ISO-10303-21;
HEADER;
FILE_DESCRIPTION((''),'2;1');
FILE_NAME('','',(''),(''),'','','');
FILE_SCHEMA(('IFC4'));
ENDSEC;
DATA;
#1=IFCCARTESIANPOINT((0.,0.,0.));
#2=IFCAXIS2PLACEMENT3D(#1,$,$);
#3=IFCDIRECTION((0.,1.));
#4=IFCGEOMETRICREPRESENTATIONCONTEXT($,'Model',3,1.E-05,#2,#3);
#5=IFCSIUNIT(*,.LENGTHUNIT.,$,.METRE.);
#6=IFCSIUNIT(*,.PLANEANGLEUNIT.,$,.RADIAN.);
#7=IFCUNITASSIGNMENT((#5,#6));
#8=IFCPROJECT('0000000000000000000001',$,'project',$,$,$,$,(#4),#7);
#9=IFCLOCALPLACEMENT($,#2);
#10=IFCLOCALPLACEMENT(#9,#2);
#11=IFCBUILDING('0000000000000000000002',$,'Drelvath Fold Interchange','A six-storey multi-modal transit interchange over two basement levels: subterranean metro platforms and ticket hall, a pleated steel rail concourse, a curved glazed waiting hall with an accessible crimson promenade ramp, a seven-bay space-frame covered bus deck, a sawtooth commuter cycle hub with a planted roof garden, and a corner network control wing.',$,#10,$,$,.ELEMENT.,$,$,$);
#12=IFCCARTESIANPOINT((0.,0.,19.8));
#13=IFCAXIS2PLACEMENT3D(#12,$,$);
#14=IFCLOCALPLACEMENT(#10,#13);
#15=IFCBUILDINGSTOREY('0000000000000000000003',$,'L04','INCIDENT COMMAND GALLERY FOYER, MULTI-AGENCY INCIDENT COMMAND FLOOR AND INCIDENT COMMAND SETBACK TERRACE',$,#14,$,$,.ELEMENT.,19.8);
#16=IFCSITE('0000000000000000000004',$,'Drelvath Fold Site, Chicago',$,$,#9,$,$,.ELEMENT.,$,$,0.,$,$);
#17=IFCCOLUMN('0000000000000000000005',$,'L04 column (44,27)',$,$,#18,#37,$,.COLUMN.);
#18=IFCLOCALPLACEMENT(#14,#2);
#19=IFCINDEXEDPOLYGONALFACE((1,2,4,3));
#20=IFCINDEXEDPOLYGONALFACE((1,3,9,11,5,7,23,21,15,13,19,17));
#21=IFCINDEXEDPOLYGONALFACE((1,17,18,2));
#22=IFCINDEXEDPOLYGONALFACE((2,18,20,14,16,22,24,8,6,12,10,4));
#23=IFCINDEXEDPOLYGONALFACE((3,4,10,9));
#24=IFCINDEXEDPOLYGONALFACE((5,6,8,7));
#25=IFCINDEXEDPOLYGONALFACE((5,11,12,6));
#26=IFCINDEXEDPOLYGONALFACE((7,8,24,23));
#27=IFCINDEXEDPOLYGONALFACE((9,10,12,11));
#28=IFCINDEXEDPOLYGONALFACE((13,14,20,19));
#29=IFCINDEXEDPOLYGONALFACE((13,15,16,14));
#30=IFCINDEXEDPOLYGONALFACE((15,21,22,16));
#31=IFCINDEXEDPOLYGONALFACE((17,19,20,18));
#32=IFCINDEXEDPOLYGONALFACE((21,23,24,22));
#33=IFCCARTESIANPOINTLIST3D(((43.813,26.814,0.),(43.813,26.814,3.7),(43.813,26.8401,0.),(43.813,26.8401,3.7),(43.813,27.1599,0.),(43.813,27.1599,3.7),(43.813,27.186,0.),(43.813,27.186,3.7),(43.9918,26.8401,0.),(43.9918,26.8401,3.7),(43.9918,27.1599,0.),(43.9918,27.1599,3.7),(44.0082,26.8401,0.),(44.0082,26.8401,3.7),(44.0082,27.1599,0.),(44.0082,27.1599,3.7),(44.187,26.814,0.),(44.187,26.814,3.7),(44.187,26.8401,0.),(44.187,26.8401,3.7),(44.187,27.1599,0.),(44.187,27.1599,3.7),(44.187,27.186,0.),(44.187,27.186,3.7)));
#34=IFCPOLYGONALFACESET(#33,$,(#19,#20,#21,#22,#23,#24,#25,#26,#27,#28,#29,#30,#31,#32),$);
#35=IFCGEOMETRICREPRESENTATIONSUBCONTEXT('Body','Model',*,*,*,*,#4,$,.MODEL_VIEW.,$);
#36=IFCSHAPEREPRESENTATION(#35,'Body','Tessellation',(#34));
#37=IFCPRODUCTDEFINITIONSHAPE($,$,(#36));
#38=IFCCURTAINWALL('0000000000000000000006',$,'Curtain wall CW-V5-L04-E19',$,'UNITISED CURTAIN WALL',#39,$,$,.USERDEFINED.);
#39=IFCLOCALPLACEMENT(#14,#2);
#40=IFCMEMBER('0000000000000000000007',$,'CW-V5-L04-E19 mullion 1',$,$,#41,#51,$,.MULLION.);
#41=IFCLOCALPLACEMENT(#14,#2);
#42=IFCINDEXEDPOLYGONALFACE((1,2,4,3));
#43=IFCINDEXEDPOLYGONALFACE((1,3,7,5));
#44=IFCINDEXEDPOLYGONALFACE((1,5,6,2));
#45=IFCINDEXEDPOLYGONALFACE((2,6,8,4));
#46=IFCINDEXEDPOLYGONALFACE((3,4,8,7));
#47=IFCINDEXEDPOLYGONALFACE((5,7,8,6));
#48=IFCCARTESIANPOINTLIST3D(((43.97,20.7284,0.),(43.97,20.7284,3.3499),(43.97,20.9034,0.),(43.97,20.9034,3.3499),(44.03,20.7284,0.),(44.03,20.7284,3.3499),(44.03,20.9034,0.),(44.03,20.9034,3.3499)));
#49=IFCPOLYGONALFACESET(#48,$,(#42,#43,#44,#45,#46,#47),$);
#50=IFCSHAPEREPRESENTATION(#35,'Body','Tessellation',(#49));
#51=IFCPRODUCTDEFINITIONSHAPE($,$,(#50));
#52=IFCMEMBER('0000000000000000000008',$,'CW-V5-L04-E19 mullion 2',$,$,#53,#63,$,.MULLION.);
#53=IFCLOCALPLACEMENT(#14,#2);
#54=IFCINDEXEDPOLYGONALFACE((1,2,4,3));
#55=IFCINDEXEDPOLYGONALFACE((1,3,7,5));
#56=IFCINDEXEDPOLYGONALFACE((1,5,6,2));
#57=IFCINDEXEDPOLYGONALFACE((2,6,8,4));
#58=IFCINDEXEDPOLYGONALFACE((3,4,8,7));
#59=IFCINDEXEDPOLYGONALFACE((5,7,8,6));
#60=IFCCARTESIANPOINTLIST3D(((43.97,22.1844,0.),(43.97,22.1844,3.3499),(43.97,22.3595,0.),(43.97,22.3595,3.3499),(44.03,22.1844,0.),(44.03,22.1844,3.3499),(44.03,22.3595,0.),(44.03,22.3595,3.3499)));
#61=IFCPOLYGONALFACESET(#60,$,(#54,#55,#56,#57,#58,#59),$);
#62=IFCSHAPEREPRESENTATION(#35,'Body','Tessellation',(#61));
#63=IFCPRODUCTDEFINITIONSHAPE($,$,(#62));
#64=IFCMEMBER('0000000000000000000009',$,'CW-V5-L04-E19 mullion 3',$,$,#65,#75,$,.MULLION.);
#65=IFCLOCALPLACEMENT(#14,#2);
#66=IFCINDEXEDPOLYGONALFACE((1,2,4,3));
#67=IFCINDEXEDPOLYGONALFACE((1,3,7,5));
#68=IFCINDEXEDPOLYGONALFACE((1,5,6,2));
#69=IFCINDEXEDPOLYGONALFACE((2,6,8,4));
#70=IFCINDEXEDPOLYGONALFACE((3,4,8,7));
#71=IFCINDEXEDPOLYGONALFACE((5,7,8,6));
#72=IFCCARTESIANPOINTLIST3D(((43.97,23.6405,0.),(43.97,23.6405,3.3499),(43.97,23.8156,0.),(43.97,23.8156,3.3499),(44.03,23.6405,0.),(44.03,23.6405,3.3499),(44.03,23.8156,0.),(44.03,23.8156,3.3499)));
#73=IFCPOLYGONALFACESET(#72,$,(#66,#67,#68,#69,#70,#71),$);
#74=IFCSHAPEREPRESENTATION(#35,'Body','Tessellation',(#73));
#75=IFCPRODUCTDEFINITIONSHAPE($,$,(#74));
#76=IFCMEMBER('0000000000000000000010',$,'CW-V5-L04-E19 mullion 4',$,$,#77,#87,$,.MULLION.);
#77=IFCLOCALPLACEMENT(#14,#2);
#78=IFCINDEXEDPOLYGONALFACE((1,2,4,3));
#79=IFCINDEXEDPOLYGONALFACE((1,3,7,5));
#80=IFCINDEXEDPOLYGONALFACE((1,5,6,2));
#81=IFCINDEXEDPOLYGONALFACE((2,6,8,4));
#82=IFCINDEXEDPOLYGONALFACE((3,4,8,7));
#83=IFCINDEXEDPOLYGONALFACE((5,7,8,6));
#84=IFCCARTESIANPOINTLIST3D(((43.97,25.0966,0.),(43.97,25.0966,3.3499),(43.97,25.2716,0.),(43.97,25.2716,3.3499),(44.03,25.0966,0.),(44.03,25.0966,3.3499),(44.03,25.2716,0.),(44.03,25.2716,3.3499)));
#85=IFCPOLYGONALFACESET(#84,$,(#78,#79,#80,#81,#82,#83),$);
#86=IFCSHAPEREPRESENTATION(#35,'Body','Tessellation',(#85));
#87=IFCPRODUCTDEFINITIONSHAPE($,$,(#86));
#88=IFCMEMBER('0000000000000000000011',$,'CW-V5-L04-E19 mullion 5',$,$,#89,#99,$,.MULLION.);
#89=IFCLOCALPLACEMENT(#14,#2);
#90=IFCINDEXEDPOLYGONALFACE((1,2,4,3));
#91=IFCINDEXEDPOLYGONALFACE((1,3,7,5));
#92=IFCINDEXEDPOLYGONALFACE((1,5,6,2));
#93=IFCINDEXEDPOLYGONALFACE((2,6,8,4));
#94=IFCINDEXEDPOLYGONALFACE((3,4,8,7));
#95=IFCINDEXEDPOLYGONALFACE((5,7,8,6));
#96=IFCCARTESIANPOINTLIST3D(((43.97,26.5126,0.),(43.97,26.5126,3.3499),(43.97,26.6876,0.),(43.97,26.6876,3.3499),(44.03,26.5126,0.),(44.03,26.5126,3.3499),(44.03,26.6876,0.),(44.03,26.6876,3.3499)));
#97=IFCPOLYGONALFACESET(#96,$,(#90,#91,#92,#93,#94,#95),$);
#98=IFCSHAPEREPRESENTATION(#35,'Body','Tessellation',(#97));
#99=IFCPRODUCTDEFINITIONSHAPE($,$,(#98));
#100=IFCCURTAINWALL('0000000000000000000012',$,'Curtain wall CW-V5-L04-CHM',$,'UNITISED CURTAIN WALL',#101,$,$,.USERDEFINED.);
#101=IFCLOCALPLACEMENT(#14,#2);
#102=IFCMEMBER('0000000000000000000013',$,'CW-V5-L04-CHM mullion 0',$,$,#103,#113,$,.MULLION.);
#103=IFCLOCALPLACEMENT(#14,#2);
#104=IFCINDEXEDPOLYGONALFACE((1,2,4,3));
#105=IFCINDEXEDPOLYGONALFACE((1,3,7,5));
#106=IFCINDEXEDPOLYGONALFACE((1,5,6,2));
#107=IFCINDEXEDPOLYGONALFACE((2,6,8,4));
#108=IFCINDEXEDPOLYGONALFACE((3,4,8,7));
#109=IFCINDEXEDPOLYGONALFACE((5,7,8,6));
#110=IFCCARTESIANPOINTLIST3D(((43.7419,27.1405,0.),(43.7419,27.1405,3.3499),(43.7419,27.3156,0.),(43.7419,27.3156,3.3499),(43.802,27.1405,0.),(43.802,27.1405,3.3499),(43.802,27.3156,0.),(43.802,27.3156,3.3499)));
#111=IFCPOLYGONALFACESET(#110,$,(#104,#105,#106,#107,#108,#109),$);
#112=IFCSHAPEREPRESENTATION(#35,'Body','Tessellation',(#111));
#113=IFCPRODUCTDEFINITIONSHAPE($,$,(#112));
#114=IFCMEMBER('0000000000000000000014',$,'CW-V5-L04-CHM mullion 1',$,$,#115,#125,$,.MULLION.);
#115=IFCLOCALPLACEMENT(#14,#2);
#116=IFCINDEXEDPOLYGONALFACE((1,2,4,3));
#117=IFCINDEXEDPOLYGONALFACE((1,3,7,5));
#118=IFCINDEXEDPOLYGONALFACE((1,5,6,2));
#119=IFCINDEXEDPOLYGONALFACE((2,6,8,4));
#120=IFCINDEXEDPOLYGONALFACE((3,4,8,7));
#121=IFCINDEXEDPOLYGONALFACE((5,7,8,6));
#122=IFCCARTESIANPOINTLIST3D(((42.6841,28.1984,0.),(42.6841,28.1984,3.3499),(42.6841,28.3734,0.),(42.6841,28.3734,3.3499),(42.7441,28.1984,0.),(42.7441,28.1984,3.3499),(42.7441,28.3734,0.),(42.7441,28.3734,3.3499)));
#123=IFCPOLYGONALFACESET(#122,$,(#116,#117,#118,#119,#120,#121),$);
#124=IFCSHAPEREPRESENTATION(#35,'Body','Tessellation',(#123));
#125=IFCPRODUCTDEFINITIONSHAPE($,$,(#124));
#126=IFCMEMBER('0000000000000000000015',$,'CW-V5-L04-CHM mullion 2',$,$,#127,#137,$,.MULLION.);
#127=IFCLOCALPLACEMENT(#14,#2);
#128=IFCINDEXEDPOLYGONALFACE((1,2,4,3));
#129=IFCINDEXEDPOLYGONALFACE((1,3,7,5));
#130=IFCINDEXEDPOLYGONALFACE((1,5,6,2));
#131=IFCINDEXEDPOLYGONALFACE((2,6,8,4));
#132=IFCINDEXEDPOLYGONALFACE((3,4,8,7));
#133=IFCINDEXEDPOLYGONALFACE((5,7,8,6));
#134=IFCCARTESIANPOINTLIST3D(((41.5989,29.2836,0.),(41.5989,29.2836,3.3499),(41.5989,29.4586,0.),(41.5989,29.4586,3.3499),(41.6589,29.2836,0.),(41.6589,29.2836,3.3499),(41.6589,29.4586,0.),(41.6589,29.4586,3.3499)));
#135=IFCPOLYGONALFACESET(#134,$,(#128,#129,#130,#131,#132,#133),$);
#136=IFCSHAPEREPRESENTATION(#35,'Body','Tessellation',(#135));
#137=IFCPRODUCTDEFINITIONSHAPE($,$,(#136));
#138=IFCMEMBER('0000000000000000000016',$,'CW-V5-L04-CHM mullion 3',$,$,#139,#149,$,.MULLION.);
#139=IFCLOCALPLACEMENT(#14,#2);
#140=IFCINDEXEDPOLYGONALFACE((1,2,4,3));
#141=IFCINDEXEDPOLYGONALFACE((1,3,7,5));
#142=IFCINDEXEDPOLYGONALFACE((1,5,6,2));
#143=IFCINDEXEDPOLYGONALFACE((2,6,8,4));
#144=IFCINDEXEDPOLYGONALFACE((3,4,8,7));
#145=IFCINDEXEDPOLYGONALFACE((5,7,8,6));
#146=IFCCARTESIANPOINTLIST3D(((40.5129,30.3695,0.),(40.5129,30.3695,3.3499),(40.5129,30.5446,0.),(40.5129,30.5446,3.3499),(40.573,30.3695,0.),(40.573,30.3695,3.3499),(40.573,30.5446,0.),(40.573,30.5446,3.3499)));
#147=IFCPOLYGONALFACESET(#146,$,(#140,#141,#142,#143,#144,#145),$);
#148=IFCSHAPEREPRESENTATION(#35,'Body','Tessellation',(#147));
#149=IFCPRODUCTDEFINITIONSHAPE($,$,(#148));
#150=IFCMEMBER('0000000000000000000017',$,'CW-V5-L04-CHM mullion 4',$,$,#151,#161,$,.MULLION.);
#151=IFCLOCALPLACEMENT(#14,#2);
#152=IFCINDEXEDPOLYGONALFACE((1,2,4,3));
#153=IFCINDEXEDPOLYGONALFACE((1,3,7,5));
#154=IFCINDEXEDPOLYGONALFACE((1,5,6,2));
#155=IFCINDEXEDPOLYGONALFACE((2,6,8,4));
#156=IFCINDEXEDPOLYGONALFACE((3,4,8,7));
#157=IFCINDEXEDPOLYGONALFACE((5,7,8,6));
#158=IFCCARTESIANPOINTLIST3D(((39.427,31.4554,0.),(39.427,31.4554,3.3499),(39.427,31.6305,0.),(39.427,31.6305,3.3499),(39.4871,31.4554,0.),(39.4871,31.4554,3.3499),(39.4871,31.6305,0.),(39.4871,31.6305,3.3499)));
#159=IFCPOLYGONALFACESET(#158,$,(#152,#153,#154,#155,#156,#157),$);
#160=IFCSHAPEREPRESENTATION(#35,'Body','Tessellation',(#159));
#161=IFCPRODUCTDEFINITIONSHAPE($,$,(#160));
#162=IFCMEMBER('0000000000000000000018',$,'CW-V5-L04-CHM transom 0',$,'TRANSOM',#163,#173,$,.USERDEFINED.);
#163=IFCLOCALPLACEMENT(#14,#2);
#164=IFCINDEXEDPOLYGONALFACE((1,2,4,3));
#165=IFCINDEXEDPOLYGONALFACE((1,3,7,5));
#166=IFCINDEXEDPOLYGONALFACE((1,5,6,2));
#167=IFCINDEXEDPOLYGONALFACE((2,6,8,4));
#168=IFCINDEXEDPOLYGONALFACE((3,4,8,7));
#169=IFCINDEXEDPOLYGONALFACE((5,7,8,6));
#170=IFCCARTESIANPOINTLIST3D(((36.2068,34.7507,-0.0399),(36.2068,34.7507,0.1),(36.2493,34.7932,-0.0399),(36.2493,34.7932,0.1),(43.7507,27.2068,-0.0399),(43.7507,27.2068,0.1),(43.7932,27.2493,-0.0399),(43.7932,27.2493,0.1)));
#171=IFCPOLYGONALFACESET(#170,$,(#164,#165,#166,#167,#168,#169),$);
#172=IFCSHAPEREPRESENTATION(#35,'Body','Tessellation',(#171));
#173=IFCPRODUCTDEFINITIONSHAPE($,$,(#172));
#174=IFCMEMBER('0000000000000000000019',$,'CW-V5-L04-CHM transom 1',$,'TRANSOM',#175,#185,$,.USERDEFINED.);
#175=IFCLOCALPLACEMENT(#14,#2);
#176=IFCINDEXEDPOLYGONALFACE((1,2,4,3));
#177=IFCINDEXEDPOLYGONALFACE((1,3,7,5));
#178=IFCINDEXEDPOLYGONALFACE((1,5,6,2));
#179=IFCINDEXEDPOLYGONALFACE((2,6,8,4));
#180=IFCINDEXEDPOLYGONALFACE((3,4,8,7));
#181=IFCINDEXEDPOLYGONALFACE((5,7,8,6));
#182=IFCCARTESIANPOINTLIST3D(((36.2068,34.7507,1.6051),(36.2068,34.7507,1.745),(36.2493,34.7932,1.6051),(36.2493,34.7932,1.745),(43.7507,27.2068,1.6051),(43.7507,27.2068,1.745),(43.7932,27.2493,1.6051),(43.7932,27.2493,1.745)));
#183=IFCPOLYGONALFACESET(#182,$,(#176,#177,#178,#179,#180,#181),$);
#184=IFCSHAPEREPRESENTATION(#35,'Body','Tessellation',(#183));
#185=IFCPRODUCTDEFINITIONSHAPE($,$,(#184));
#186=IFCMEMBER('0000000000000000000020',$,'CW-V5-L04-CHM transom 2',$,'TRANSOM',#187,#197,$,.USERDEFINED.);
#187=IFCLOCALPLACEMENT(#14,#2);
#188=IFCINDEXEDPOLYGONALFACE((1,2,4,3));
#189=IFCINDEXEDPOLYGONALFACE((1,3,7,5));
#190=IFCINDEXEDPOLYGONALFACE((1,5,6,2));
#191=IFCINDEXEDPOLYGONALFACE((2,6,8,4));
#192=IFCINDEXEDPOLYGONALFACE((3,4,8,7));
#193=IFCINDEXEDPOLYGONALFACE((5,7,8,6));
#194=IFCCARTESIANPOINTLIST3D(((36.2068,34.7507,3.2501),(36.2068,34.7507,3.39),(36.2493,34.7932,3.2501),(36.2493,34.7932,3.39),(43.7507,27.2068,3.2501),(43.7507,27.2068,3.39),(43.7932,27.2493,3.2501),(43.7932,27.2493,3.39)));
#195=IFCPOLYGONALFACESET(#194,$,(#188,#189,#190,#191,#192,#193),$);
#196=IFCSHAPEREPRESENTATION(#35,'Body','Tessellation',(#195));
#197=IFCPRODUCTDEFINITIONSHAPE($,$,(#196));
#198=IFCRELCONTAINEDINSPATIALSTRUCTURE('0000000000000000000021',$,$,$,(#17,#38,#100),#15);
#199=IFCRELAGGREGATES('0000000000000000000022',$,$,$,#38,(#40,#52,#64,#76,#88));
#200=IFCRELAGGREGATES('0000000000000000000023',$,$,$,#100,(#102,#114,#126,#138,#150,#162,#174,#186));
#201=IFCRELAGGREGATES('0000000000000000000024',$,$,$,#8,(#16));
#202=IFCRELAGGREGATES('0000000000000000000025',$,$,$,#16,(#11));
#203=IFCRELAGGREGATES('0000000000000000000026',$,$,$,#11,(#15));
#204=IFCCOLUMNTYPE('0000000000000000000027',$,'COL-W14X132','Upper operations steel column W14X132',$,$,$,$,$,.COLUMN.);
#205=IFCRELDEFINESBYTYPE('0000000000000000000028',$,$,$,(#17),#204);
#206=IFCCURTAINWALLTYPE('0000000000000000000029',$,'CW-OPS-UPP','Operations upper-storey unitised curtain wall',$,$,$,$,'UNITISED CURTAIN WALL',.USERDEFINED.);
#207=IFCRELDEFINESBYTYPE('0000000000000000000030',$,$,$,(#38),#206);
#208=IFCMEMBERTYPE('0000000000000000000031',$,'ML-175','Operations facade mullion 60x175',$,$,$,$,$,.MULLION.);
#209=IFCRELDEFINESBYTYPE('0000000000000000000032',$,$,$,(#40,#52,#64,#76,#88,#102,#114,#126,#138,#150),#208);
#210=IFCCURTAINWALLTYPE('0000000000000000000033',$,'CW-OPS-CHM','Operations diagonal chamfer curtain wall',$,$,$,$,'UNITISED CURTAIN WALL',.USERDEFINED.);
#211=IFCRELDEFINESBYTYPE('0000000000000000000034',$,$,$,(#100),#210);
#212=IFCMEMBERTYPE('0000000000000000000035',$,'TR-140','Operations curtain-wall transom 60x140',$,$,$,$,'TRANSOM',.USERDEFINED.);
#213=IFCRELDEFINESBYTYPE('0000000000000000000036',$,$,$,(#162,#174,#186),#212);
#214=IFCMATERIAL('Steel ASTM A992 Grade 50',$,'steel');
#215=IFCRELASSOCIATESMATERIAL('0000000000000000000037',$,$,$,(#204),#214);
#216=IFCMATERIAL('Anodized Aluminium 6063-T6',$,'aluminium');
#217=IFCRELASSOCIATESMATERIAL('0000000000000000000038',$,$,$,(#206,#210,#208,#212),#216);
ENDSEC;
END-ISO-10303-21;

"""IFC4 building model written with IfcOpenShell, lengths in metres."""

from ifc_helpers import new_model, si_unit, direction, frame, origin, origin_2d, place, context, subcontext, project, spatial, rectangle, i_section, extrude, material, material_profile, profile_set, type_object, element, aggregate, save


model = new_model("IFC4")

# Units and contexts
model_context = context("Model", 3, precision=1e-05, world=origin(), true_north=direction((0.0, 1.0)))
body_context = subcontext(model_context, "Body", "Model", "MODEL_VIEW")
ifc_project = project(units=[si_unit("LENGTHUNIT", "METRE"), si_unit("PLANEANGLEUNIT", "RADIAN")], contexts=[model_context])

# Site, building, storey
site_placement = place(None, origin())
site = spatial("IfcSite", under=ifc_project, at=site_placement, Name="Drelvath Fold Site, Chicago", CompositionType="ELEMENT", RefElevation=0.0)
building_placement = place(site_placement, origin())
building = spatial("IfcBuilding", under=site, at=building_placement, Name="Drelvath Fold Interchange", Description="A six-storey multi-modal transit interchange over two basement levels: subterranean metro platforms and ticket hall, a pleated steel rail concourse, a curved glazed waiting hall with an accessible crimson promenade ramp, a seven-bay space-frame covered bus deck, a sawtooth commuter cycle hub with a planted roof garden, and a corner network control wing.", CompositionType="ELEMENT")
storey_placement = place(building_placement, frame((0.0, 0.0, 19.8)))
storey = spatial("IfcBuildingStorey", under=building, at=storey_placement, Name="L04", Description="INCIDENT COMMAND GALLERY FOYER, MULTI-AGENCY INCIDENT COMMAND FLOOR AND INCIDENT COMMAND SETBACK TERRACE", CompositionType="ELEMENT", Elevation=19.8)

# Column
ifc_material_1 = material(Name="Steel ASTM A992 Grade 50", Category="steel")
ifc_material_profile_1 = material_profile(ifc_material_1, i_section(OverallWidth=0.374, OverallDepth=0.3721, WebThickness=0.0164, FlangeThickness=0.0261, at=origin_2d()), Name="W14X132")
ifc_profile_set_1 = profile_set([ifc_material_profile_1], Name="Steel ASTM A992 Grade 50")
column_type = type_object("IfcColumnType", Name="COL-W14X132", Description="Upper operations steel column W14X132", PredefinedType="COLUMN", material=ifc_profile_set_1)
column_placement = place(storey_placement, frame((44.0, 27.0, 0.0), z_axis=(0.0, 0.0, 1.0), x_axis=(1.0, 0.0, 0.0)))
element("IfcColumn", 1, at=column_placement, inside=storey, type_object=column_type, Name="L04 column (44,27)", PredefinedType="COLUMN", context=body_context, shape_type="SweptSolid", body=[
    extrude(i_section(OverallWidth=0.374, OverallDepth=0.3721, WebThickness=0.0164, FlangeThickness=0.0261, at=origin_2d()), origin(), (0.0, 0.0, 1.0), 3.7),
])

# Curtain walls, members
ifc_material_2 = material(Name="Anodized Aluminium 6063-T6", Category="aluminium")
curtain_wall_type_1 = type_object("IfcCurtainWallType", Name="CW-OPS-UPP", Description="Operations upper-storey unitised curtain wall", ElementType="UNITISED CURTAIN WALL", PredefinedType="USERDEFINED", material=ifc_material_2)
curtain_wall_1_placement = place(storey_placement, origin())
curtain_wall_1 = element("IfcCurtainWall", 2, at=curtain_wall_1_placement, inside=storey, type_object=curtain_wall_type_1, Name="Curtain wall CW-V5-L04-E19", ObjectType="UNITISED CURTAIN WALL", PredefinedType="USERDEFINED")
ifc_material_profile_2 = material_profile(ifc_material_2, rectangle(XDim=0.0601, YDim=0.175, at=origin_2d()), Name="AL-M 60x175")
ifc_profile_set_2 = profile_set([ifc_material_profile_2], Name="Anodized Aluminium 6063-T6")
member_type_1 = type_object("IfcMemberType", Name="ML-175", Description="Operations facade mullion 60x175", PredefinedType="MULLION", material=ifc_profile_set_2)
member_1_placement = place(storey_placement, frame((44.0, 20.8159, 0.0), z_axis=(0.0, 0.0, 1.0), x_axis=(1.0, 0.0, 0.0)))
member_1 = element("IfcMember", 3, at=member_1_placement, type_object=member_type_1, Name="CW-V5-L04-E19 mullion 1", PredefinedType="MULLION", context=body_context, shape_type="SweptSolid", body=[
    extrude(rectangle(XDim=0.0601, YDim=0.175, at=origin_2d()), origin(), (0.0, 0.0, 1.0), 3.3499),
])
member_2_placement = place(storey_placement, frame((44.0, 22.272, 0.0), z_axis=(0.0, 0.0, 1.0), x_axis=(1.0, 0.0, 0.0)))
member_2 = element("IfcMember", 4, at=member_2_placement, type_object=member_type_1, Name="CW-V5-L04-E19 mullion 2", PredefinedType="MULLION", context=body_context, shape_type="SweptSolid", body=[
    extrude(rectangle(XDim=0.0601, YDim=0.175, at=origin_2d()), origin(), (0.0, 0.0, 1.0), 3.3499),
])
member_3_placement = place(storey_placement, frame((44.0, 23.728, 0.0), z_axis=(0.0, 0.0, 1.0), x_axis=(1.0, 0.0, 0.0)))
member_3 = element("IfcMember", 5, at=member_3_placement, type_object=member_type_1, Name="CW-V5-L04-E19 mullion 3", PredefinedType="MULLION", context=body_context, shape_type="SweptSolid", body=[
    extrude(rectangle(XDim=0.0601, YDim=0.175, at=origin_2d()), origin(), (0.0, 0.0, 1.0), 3.3499),
])
member_4_placement = place(storey_placement, frame((44.0, 25.1841, 0.0), z_axis=(0.0, 0.0, 1.0), x_axis=(1.0, 0.0, 0.0)))
member_4 = element("IfcMember", 6, at=member_4_placement, type_object=member_type_1, Name="CW-V5-L04-E19 mullion 4", PredefinedType="MULLION", context=body_context, shape_type="SweptSolid", body=[
    extrude(rectangle(XDim=0.0601, YDim=0.175, at=origin_2d()), origin(), (0.0, 0.0, 1.0), 3.3499),
])
member_5_placement = place(storey_placement, frame((44.0, 26.6001, 0.0), z_axis=(0.0, 0.0, 1.0), x_axis=(1.0, 0.0, 0.0)))
member_5 = element("IfcMember", 7, at=member_5_placement, type_object=member_type_1, Name="CW-V5-L04-E19 mullion 5", PredefinedType="MULLION", context=body_context, shape_type="SweptSolid", body=[
    extrude(rectangle(XDim=0.0601, YDim=0.175, at=origin_2d()), origin(), (0.0, 0.0, 1.0), 3.3499),
])
curtain_wall_type_2 = type_object("IfcCurtainWallType", Name="CW-OPS-CHM", Description="Operations diagonal chamfer curtain wall", ElementType="UNITISED CURTAIN WALL", PredefinedType="USERDEFINED", material=ifc_material_2)
curtain_wall_2_placement = place(storey_placement, origin())
curtain_wall_2 = element("IfcCurtainWall", 8, at=curtain_wall_2_placement, inside=storey, type_object=curtain_wall_type_2, Name="Curtain wall CW-V5-L04-CHM", ObjectType="UNITISED CURTAIN WALL", PredefinedType="USERDEFINED")
member_6_placement = place(storey_placement, frame((43.772, 27.228, 0.0), z_axis=(0.0, 0.0, 1.0), x_axis=(1.0, 0.0, 0.0)))
member_6 = element("IfcMember", 9, at=member_6_placement, type_object=member_type_1, Name="CW-V5-L04-CHM mullion 0", PredefinedType="MULLION", context=body_context, shape_type="SweptSolid", body=[
    extrude(rectangle(XDim=0.0601, YDim=0.175, at=origin_2d()), origin(), (0.0, 0.0, 1.0), 3.3499),
])
member_7_placement = place(storey_placement, frame((42.7141, 28.2859, 0.0), z_axis=(0.0, 0.0, 1.0), x_axis=(1.0, 0.0, 0.0)))
member_7 = element("IfcMember", 10, at=member_7_placement, type_object=member_type_1, Name="CW-V5-L04-CHM mullion 1", PredefinedType="MULLION", context=body_context, shape_type="SweptSolid", body=[
    extrude(rectangle(XDim=0.0601, YDim=0.175, at=origin_2d()), origin(), (0.0, 0.0, 1.0), 3.3499),
])
member_8_placement = place(storey_placement, frame((41.6289, 29.3711, 0.0), z_axis=(0.0, 0.0, 1.0), x_axis=(1.0, 0.0, 0.0)))
member_8 = element("IfcMember", 11, at=member_8_placement, type_object=member_type_1, Name="CW-V5-L04-CHM mullion 2", PredefinedType="MULLION", context=body_context, shape_type="SweptSolid", body=[
    extrude(rectangle(XDim=0.0601, YDim=0.175, at=origin_2d()), origin(), (0.0, 0.0, 1.0), 3.3499),
])
member_9_placement = place(storey_placement, frame((40.543, 30.457, 0.0), z_axis=(0.0, 0.0, 1.0), x_axis=(1.0, 0.0, 0.0)))
member_9 = element("IfcMember", 12, at=member_9_placement, type_object=member_type_1, Name="CW-V5-L04-CHM mullion 3", PredefinedType="MULLION", context=body_context, shape_type="SweptSolid", body=[
    extrude(rectangle(XDim=0.0601, YDim=0.175, at=origin_2d()), origin(), (0.0, 0.0, 1.0), 3.3499),
])
member_10_placement = place(storey_placement, frame((39.457, 31.543, 0.0), z_axis=(0.0, 0.0, 1.0), x_axis=(1.0, 0.0, 0.0)))
member_10 = element("IfcMember", 13, at=member_10_placement, type_object=member_type_1, Name="CW-V5-L04-CHM mullion 4", PredefinedType="MULLION", context=body_context, shape_type="SweptSolid", body=[
    extrude(rectangle(XDim=0.0601, YDim=0.175, at=origin_2d()), origin(), (0.0, 0.0, 1.0), 3.3499),
])
ifc_material_profile_3 = material_profile(ifc_material_2, rectangle(XDim=0.0601, YDim=0.1399, at=origin_2d()), Name="AL-T 60x140")
ifc_profile_set_3 = profile_set([ifc_material_profile_3], Name="Anodized Aluminium 6063-T6")
member_type_2 = type_object("IfcMemberType", Name="TR-140", Description="Operations curtain-wall transom 60x140", ElementType="TRANSOM", PredefinedType="USERDEFINED", material=ifc_profile_set_3)
member_11_placement = place(storey_placement, frame((43.772, 27.228, 0.03), z_axis=(-0.707107, 0.707107, 0.0), x_axis=(-0.707107, -0.707107, 0.0)))
member_11 = element("IfcMember", 14, at=member_11_placement, type_object=member_type_2, Name="CW-V5-L04-CHM transom 0", ObjectType="TRANSOM", PredefinedType="USERDEFINED", context=body_context, shape_type="SweptSolid", body=[
    extrude(rectangle(XDim=0.0601, YDim=0.1399, at=origin_2d()), origin(), (0.0, 0.0, 1.0), 10.6687),
])
member_12_placement = place(storey_placement, frame((43.772, 27.228, 1.675), z_axis=(-0.707107, 0.707107, 0.0), x_axis=(-0.707107, -0.707107, 0.0)))
member_12 = element("IfcMember", 15, at=member_12_placement, type_object=member_type_2, Name="CW-V5-L04-CHM transom 1", ObjectType="TRANSOM", PredefinedType="USERDEFINED", context=body_context, shape_type="SweptSolid", body=[
    extrude(rectangle(XDim=0.0601, YDim=0.1399, at=origin_2d()), origin(), (0.0, 0.0, 1.0), 10.6687),
])
member_13_placement = place(storey_placement, frame((43.772, 27.228, 3.3201), z_axis=(-0.707107, 0.707107, 0.0), x_axis=(-0.707107, -0.707107, 0.0)))
member_13 = element("IfcMember", 16, at=member_13_placement, type_object=member_type_2, Name="CW-V5-L04-CHM transom 2", ObjectType="TRANSOM", PredefinedType="USERDEFINED", context=body_context, shape_type="SweptSolid", body=[
    extrude(rectangle(XDim=0.0601, YDim=0.1399, at=origin_2d()), origin(), (0.0, 0.0, 1.0), 10.6687),
])

aggregate(curtain_wall_1, [member_1, member_2, member_3, member_4, member_5])
aggregate(curtain_wall_2, [member_6, member_7, member_8, member_9, member_10, member_11, member_12, member_13])

save(model, "model.ifc")
